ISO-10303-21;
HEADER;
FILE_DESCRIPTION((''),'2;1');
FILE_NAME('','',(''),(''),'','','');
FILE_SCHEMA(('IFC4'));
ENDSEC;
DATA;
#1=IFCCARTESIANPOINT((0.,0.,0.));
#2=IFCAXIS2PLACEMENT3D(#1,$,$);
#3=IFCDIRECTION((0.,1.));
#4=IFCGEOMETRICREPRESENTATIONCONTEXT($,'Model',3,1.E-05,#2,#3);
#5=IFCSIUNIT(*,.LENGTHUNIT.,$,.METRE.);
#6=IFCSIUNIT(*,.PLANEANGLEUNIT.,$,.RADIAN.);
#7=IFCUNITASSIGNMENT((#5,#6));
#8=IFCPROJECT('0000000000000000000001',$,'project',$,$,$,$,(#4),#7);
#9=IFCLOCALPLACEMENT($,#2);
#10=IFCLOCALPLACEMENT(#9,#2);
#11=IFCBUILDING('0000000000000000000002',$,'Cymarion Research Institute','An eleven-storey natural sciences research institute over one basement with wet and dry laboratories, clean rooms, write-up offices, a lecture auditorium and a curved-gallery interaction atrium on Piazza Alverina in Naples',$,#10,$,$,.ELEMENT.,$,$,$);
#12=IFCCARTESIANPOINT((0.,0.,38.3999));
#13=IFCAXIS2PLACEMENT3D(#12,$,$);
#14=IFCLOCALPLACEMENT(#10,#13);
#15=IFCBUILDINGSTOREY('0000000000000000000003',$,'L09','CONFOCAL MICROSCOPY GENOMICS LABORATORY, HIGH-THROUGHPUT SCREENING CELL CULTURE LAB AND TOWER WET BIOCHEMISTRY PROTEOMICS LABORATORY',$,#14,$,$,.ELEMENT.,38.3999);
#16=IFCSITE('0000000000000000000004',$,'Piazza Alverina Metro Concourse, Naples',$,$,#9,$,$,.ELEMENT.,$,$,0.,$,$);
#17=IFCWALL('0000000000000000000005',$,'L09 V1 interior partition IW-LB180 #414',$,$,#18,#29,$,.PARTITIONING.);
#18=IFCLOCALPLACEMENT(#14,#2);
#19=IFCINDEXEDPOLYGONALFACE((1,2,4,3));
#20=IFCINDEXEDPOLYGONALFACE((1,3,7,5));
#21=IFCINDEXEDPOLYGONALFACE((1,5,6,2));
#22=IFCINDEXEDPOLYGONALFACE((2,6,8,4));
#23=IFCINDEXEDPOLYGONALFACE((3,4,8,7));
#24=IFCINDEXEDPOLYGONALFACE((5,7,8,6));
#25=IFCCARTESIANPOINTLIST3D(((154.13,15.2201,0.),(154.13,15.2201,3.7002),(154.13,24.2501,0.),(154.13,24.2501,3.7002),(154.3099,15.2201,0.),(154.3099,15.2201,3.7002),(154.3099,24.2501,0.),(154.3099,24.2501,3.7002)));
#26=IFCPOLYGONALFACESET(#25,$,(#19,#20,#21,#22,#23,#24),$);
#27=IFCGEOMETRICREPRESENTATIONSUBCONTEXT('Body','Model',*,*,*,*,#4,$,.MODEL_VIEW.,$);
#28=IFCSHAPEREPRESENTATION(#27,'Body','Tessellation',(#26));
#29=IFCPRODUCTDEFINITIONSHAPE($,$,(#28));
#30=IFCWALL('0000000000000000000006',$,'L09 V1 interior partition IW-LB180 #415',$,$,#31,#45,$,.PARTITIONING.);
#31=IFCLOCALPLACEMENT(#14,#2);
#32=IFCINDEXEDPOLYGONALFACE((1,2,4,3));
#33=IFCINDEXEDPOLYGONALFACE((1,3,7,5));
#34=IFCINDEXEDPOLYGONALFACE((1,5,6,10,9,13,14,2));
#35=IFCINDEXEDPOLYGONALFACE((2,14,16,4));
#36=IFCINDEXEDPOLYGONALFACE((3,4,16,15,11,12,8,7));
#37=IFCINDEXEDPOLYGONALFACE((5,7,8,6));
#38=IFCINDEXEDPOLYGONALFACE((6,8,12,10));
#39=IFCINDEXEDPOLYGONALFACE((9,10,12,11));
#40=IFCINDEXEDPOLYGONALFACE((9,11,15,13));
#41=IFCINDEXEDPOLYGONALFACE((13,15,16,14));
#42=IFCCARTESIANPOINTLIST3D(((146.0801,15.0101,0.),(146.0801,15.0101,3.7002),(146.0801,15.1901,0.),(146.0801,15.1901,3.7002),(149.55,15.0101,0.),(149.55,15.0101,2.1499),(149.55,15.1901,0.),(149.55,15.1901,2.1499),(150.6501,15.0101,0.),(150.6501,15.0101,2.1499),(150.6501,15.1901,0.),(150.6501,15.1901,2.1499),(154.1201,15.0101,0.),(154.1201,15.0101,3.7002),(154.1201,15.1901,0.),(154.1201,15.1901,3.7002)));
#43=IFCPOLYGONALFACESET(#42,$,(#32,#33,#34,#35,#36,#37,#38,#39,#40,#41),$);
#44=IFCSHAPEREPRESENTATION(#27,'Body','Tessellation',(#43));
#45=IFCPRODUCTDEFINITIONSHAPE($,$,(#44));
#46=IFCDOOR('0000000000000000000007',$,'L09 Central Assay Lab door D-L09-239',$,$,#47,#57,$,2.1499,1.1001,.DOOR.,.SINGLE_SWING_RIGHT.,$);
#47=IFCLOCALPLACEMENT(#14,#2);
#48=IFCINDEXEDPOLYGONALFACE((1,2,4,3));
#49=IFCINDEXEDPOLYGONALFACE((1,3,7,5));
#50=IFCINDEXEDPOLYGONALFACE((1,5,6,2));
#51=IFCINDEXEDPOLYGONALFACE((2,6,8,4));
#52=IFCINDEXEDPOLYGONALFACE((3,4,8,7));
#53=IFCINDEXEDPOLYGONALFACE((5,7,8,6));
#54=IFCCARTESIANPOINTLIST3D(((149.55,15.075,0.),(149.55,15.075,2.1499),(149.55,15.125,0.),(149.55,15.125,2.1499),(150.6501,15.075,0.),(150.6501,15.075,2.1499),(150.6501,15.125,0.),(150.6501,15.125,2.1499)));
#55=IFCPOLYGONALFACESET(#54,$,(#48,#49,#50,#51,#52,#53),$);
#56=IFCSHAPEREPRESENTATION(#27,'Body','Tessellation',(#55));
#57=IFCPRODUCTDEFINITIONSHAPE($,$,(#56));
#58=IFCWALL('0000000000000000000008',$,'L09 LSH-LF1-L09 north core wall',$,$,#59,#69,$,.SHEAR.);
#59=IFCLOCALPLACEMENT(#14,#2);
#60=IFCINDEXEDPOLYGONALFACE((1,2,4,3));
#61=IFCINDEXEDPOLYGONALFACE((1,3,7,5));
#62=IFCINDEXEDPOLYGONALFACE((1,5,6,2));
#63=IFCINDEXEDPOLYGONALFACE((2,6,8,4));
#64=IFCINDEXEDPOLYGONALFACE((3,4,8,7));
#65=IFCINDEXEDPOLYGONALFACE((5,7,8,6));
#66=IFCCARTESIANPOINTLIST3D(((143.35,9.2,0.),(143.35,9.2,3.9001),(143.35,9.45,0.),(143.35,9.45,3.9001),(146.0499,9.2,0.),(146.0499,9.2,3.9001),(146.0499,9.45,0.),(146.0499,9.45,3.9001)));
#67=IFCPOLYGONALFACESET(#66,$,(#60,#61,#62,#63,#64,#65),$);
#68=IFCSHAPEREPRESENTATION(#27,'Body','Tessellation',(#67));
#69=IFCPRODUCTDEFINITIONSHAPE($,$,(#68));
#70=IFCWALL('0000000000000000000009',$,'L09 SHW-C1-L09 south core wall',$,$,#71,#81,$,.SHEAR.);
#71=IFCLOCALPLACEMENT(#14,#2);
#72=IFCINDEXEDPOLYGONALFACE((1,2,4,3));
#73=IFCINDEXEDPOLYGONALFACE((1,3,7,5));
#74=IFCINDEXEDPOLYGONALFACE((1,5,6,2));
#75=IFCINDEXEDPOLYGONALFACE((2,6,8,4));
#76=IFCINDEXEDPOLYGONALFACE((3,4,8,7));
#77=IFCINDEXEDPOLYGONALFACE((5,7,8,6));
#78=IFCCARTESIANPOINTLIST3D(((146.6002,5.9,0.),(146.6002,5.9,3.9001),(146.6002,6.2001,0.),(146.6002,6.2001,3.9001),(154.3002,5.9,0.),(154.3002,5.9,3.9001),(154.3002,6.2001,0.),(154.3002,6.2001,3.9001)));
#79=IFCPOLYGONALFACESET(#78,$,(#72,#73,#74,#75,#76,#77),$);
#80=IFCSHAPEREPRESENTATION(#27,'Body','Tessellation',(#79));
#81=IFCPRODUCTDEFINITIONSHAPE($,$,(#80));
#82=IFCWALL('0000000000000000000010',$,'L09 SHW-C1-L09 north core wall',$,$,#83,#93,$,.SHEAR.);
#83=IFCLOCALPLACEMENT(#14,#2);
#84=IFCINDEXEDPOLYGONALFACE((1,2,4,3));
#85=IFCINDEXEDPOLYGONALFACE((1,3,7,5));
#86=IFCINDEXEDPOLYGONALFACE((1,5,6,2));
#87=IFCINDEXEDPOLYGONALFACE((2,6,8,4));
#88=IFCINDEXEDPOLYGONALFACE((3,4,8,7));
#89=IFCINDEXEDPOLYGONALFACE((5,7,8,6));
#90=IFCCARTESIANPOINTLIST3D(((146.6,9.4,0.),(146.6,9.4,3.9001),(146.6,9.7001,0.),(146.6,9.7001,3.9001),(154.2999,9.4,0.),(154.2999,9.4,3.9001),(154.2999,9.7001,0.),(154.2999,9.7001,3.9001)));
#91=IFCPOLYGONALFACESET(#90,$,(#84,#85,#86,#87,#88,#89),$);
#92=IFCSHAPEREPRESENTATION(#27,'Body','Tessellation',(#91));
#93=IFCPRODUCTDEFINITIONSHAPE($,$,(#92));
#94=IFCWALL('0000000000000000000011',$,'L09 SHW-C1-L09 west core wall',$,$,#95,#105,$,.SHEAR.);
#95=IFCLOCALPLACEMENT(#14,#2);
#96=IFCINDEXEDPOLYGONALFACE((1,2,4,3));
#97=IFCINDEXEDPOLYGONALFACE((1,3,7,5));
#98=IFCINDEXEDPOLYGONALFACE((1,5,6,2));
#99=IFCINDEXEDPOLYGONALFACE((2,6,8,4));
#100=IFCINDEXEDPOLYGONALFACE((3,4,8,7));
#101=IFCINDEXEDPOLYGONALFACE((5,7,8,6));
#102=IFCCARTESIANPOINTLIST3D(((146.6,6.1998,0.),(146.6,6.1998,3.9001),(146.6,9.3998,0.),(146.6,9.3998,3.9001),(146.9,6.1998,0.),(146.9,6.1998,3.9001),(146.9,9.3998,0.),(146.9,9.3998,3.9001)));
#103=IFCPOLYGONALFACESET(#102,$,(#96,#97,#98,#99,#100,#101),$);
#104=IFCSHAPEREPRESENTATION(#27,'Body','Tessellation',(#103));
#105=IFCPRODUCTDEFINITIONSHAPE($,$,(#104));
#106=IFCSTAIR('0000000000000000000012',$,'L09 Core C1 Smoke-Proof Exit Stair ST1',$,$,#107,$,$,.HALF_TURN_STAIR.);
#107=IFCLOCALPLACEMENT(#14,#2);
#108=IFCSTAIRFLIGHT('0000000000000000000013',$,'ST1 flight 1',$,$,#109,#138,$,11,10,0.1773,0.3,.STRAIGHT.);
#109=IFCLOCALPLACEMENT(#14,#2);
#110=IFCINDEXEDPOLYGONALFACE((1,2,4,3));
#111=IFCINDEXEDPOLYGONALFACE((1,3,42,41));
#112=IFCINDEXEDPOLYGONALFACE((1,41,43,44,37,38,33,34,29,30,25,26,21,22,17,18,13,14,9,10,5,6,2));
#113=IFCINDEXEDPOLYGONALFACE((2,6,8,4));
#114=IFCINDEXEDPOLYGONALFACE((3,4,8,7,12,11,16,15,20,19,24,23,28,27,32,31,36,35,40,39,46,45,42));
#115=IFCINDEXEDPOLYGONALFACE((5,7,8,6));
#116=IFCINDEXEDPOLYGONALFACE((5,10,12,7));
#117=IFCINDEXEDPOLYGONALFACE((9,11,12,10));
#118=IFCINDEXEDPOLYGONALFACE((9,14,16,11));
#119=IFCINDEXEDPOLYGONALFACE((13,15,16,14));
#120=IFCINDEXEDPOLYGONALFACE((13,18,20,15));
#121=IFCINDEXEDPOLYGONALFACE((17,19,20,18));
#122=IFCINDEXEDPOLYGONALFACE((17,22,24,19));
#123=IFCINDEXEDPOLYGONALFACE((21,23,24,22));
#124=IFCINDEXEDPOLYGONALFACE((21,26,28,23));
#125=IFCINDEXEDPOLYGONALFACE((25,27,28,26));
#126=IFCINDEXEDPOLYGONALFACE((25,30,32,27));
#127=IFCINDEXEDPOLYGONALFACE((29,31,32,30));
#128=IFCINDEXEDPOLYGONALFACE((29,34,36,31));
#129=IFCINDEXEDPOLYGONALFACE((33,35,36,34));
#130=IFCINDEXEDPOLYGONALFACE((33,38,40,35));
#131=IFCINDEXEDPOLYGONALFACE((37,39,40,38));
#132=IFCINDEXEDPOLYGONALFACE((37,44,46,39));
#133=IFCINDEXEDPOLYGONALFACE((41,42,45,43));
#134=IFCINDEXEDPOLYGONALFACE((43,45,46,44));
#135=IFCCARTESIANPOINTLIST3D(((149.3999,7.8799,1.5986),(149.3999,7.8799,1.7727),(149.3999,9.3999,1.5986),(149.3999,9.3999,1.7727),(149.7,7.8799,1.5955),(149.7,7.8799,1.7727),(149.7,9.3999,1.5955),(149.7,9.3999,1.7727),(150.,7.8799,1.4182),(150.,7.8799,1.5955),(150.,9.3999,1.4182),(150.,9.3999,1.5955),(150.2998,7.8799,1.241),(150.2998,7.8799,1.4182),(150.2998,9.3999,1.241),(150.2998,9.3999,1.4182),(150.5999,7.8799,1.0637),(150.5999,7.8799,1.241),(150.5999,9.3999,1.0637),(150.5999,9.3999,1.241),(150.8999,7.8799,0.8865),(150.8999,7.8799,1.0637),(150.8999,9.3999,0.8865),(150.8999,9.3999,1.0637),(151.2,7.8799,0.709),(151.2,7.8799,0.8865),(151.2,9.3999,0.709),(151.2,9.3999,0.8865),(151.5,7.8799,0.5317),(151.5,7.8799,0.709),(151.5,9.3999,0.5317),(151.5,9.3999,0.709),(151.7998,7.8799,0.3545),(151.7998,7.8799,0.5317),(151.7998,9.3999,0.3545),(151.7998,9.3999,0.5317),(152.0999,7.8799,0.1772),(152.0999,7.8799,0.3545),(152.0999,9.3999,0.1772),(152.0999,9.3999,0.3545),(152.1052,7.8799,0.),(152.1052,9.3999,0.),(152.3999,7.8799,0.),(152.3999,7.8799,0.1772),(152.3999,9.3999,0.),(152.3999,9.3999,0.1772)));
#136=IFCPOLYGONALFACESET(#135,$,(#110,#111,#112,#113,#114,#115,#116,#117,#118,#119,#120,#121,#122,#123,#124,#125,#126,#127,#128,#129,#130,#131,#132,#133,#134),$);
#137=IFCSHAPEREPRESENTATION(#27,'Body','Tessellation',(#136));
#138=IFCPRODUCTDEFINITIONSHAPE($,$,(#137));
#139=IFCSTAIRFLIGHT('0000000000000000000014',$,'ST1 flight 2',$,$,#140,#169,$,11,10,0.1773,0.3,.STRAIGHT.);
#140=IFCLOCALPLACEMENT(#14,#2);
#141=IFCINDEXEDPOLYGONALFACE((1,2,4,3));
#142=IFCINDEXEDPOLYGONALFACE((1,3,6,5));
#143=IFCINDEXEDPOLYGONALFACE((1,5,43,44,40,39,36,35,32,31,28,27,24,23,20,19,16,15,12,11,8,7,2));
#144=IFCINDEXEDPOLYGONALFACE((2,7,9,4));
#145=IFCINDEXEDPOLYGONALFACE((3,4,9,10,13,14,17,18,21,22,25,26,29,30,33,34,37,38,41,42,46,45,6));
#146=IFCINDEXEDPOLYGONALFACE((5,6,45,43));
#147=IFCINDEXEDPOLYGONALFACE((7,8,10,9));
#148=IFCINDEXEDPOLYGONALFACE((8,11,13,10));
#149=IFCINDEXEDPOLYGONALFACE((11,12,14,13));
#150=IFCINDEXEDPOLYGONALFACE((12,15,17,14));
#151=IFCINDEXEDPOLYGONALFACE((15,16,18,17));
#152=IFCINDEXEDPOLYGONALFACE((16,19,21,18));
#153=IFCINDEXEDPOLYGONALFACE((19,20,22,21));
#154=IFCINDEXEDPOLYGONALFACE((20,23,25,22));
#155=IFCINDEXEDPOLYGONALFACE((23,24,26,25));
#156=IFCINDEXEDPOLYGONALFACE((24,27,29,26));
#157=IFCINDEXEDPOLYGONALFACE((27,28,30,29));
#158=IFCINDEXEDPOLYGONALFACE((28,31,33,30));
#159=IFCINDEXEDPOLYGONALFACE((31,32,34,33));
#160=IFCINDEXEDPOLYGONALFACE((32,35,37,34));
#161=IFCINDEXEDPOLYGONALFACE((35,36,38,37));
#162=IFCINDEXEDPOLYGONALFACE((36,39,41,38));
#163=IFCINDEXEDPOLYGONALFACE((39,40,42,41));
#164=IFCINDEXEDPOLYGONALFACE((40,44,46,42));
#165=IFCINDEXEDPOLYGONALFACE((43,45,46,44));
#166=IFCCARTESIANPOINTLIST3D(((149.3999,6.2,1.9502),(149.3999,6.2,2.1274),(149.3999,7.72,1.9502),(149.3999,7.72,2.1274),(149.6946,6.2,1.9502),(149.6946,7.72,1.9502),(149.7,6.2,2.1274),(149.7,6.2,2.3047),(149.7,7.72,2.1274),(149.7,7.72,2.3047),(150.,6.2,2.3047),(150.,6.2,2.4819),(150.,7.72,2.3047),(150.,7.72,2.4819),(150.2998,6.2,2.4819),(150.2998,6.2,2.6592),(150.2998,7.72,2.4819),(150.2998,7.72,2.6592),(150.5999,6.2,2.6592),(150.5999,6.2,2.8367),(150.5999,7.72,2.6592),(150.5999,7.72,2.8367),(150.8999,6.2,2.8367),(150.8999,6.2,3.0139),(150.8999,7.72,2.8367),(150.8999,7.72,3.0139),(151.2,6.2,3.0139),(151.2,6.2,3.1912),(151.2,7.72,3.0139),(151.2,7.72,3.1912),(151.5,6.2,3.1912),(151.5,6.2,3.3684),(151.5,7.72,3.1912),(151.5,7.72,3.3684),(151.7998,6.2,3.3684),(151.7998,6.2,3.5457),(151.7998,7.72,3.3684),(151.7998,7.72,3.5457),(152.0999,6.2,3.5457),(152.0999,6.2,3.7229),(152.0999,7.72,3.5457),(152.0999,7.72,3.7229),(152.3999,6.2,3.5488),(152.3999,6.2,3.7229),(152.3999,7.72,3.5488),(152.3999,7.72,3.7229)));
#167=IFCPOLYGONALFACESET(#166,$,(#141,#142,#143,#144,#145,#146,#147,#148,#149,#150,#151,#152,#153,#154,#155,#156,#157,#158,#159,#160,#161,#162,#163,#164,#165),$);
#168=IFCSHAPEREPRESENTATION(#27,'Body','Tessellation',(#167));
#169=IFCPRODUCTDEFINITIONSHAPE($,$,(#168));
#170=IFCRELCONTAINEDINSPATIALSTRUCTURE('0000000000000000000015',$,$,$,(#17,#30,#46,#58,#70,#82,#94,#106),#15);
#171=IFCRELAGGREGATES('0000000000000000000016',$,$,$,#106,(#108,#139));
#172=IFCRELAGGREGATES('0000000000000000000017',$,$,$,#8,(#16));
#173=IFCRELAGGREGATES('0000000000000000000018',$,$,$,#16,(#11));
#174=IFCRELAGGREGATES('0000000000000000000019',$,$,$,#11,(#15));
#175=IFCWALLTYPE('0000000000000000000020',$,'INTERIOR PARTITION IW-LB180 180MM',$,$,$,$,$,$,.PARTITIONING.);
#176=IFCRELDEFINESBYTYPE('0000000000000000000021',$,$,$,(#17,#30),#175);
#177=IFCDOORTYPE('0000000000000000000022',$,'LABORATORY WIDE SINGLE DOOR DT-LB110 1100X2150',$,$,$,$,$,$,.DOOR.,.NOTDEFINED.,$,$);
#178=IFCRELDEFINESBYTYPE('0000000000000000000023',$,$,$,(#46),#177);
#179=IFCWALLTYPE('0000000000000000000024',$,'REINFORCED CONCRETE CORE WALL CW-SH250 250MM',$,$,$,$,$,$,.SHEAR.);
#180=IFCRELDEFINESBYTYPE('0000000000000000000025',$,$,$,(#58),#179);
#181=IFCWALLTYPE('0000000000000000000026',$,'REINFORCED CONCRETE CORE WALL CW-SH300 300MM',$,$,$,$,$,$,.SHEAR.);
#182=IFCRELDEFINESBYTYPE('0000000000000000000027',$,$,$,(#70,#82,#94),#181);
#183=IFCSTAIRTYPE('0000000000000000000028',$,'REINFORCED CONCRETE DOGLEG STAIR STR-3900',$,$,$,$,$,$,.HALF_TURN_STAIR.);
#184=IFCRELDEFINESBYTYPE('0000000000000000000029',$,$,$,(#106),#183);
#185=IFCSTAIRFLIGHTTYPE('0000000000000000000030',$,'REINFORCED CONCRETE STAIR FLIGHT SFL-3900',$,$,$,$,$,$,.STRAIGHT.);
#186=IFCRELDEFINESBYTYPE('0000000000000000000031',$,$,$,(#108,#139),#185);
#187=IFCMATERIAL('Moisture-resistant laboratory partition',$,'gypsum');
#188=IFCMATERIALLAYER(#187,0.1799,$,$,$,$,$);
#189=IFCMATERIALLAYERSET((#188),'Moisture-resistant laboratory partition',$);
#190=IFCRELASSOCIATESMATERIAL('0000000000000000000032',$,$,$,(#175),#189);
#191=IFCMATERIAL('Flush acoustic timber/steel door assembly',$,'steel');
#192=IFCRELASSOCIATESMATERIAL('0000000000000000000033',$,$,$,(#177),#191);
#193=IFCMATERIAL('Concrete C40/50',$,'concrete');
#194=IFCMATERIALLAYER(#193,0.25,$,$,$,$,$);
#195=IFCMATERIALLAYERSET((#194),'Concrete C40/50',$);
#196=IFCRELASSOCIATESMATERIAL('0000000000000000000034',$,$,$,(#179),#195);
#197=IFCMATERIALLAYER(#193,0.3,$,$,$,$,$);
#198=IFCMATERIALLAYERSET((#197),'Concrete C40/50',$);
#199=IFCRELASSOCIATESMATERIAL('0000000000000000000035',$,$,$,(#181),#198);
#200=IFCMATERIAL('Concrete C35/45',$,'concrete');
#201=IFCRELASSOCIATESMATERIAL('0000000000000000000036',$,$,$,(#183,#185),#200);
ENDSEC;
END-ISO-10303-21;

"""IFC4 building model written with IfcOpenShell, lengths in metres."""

from ifc_helpers import new_model, si_unit, direction, frame, frame_2d, origin, place, context, subcontext, project, spatial, polyline, rectangle, outline, extrude, material, layer, layer_set, type_object, element, fill, aggregate, save


model = new_model("IFC4")

# Units and contexts
model_context = context("Model", 3, precision=1e-05, world=origin(), true_north=direction((0.0, 1.0)))
body_context = subcontext(model_context, "Body", "Model", "MODEL_VIEW")
ifc_project = project(units=[si_unit("LENGTHUNIT", "METRE"), si_unit("PLANEANGLEUNIT", "RADIAN")], contexts=[model_context])

# Site, building, storey
site_placement = place(None, origin())
site = spatial("IfcSite", under=ifc_project, at=site_placement, Name="Piazza Alverina Metro Concourse, Naples", CompositionType="ELEMENT", RefElevation=0.0)
building_placement = place(site_placement, origin())
building = spatial("IfcBuilding", under=site, at=building_placement, Name="Cymarion Research Institute", Description="An eleven-storey natural sciences research institute over one basement with wet and dry laboratories, clean rooms, write-up offices, a lecture auditorium and a curved-gallery interaction atrium on Piazza Alverina in Naples", CompositionType="ELEMENT")
storey_placement = place(building_placement, frame((0.0, 0.0, 38.3999)))
storey = spatial("IfcBuildingStorey", under=building, at=storey_placement, Name="L09", Description="CONFOCAL MICROSCOPY GENOMICS LABORATORY, HIGH-THROUGHPUT SCREENING CELL CULTURE LAB AND TOWER WET BIOCHEMISTRY PROTEOMICS LABORATORY", CompositionType="ELEMENT", Elevation=38.3999)

# Shared definitions
ifc_material_1 = material(Name="Concrete C40/50", Category="concrete")

# Wall
ifc_material_2 = material(Name="Moisture-resistant laboratory partition", Category="gypsum")
ifc_layer_1 = layer(ifc_material_2, 0.1799)
ifc_layer_set_1 = layer_set([ifc_layer_1], Name="Moisture-resistant laboratory partition")
wall_type_1 = type_object("IfcWallType", Name="INTERIOR PARTITION IW-LB180 180MM", PredefinedType="PARTITIONING", material=ifc_layer_set_1)
wall_1_placement = place(storey_placement, frame((154.22, 15.22, 0.0), z_axis=(0.0, 0.0, 1.0), x_axis=(0.0, 1.0, 0.0)))
element("IfcWall", 1, at=wall_1_placement, inside=storey, type_object=wall_type_1, Name="L09 V1 interior partition IW-LB180 #414", PredefinedType="PARTITIONING", context=body_context, shape_type="SweptSolid", body=[
    extrude(rectangle(XDim=9.03, YDim=0.1799, at=frame_2d((4.5151, 0.0))), origin(), (0.0, 0.0, 1.0), 3.7002),
])

# Wall, opening, door
wall_2_placement = place(storey_placement, frame((146.0801, 15.1001, 0.0), z_axis=(0.0, 0.0, 1.0), x_axis=(1.0, 0.0, 0.0)))
wall_2 = element("IfcWall", 2, at=wall_2_placement, inside=storey, type_object=wall_type_1, Name="L09 V1 interior partition IW-LB180 #415", PredefinedType="PARTITIONING", context=body_context, shape_type="SweptSolid", body=[
    extrude(rectangle(XDim=8.04, YDim=0.1799, at=frame_2d((4.02, 0.0))), origin(), (0.0, 0.0, 1.0), 3.7002),
])
opening_1_placement = place(wall_2_placement, frame((3.47, 0.0, 0.0)))
opening_1 = element("IfcOpeningElement", 3, at=opening_1_placement, cuts=wall_2, PredefinedType="OPENING", context=body_context, shape_type="SweptSolid", body=[
    extrude(rectangle(XDim=1.1001, YDim=2.1499, at=frame_2d((0.55, 1.075))), frame((0.0, 0.0999, 0.0), z_axis=(0.0, -1.0, 0.0), x_axis=(1.0, 0.0, 0.0)), (0.0, 0.0, 1.0), 0.2),
])
ifc_material_3 = material(Name="Flush acoustic timber/steel door assembly", Category="steel")
door_type_1 = type_object("IfcDoorType", Name="LABORATORY WIDE SINGLE DOOR DT-LB110 1100X2150", OperationType="NOTDEFINED", PredefinedType="DOOR", material=ifc_material_3)
door_1_placement = place(opening_1_placement, origin())
door_1 = element("IfcDoor", 4, at=door_1_placement, inside=storey, type_object=door_type_1, Name="L09 Central Assay Lab door D-L09-239", OperationType="SINGLE_SWING_RIGHT", OverallHeight=2.1499, OverallWidth=1.1001, PredefinedType="DOOR", context=body_context, shape_type="SweptSolid", body=[
    extrude(rectangle(XDim=1.1001, YDim=2.1499, at=frame_2d((0.55, 1.075))), frame((0.0, 0.0249, 0.0), z_axis=(0.0, -1.0, 0.0), x_axis=(1.0, 0.0, 0.0)), (0.0, 0.0, 1.0), 0.05),
])
fill(opening_1, door_1)

# Walls
ifc_layer_2 = layer(ifc_material_1, 0.25)
ifc_layer_set_2 = layer_set([ifc_layer_2], Name="Concrete C40/50")
wall_type_2 = type_object("IfcWallType", Name="REINFORCED CONCRETE CORE WALL CW-SH250 250MM", PredefinedType="SHEAR", material=ifc_layer_set_2)
wall_3_placement = place(storey_placement, frame((146.05, 9.325, 0.0), z_axis=(0.0, 0.0, 1.0), x_axis=(-1.0, 0.0, 0.0)))
element("IfcWall", 5, at=wall_3_placement, inside=storey, type_object=wall_type_2, Name="L09 LSH-LF1-L09 north core wall", PredefinedType="SHEAR", context=body_context, shape_type="SweptSolid", body=[
    extrude(rectangle(XDim=2.7, YDim=0.25, at=frame_2d((1.3501, 0.0))), origin(), (0.0, 0.0, 1.0), 3.9001),
])
ifc_layer_3 = layer(ifc_material_1, 0.3)
ifc_layer_set_3 = layer_set([ifc_layer_3], Name="Concrete C40/50")
wall_type_3 = type_object("IfcWallType", Name="REINFORCED CONCRETE CORE WALL CW-SH300 300MM", PredefinedType="SHEAR", material=ifc_layer_set_3)
for number, where, z_axis, x_axis, name in (
    (6, (146.6001, 6.05, 0.0), (0.0, 0.0, 1.0), (1.0, 0.0, 0.0), "L09 SHW-C1-L09 south core wall"),
    (7, (154.3, 9.55, 0.0), (0.0, 0.0, 1.0), (-1.0, 0.0, 0.0), "L09 SHW-C1-L09 north core wall"),
):
    element("IfcWall", number, at=place(storey_placement, frame(where, z_axis=z_axis, x_axis=x_axis)), inside=storey, type_object=wall_type_3, Name=name, PredefinedType="SHEAR", context=body_context, shape_type="SweptSolid", body=[
        extrude(rectangle(XDim=7.7, YDim=0.3, at=frame_2d((3.8501, 0.0))), origin(), (0.0, 0.0, 1.0), 3.9001),
    ])
wall_4_placement = place(storey_placement, frame((146.75, 9.3999, 0.0), z_axis=(0.0, 0.0, 1.0), x_axis=(0.0, -1.0, 0.0)))
element("IfcWall", 8, at=wall_4_placement, inside=storey, type_object=wall_type_3, Name="L09 SHW-C1-L09 west core wall", PredefinedType="SHEAR", context=body_context, shape_type="SweptSolid", body=[
    extrude(rectangle(XDim=3.2, YDim=0.3, at=frame_2d((1.6001, 0.0))), origin(), (0.0, 0.0, 1.0), 3.9001),
])

# Stair, stair flights
ifc_material_4 = material(Name="Concrete C35/45", Category="concrete")
stair_type = type_object("IfcStairType", Name="REINFORCED CONCRETE DOGLEG STAIR STR-3900", PredefinedType="HALF_TURN_STAIR", material=ifc_material_4)
stair_placement = place(storey_placement, origin())
stair = element("IfcStair", 9, at=stair_placement, inside=storey, type_object=stair_type, Name="L09 Core C1 Smoke-Proof Exit Stair ST1", PredefinedType="HALF_TURN_STAIR")
stair_flight_type = type_object("IfcStairFlightType", Name="REINFORCED CONCRETE STAIR FLIGHT SFL-3900", PredefinedType="STRAIGHT", material=ifc_material_4)
stair_flight_1_placement = place(storey_placement, frame((152.3999, 8.6399, 0.0), z_axis=(0.0, 0.0, 1.0), x_axis=(-1.0, 0.0, 0.0)))
stair_flight_1 = element("IfcStairFlight", 10, at=stair_flight_1_placement, type_object=stair_flight_type, Name="ST1 flight 1", NumberOfRisers=11, NumberOfTreads=10, PredefinedType="STRAIGHT", RiserHeight=0.1773, TreadLength=0.3, context=body_context, shape_type="SweptSolid", body=[
    extrude(outline(polyline([(0.0, 0.0), (0.0, 0.1772), (0.3, 0.1772), (0.3, 0.3545), (0.6001, 0.3545), (0.6001, 0.5317), (0.8999, 0.5317), (0.8999, 0.709), (1.2, 0.709), (1.2, 0.8865), (1.5, 0.8865), (1.5, 1.0637), (1.8, 1.0637), (1.8, 1.241), (2.1001, 1.241), (2.1001, 1.4182), (2.3999, 1.4182), (2.3999, 1.5955), (2.7, 1.5955), (2.7, 1.7727), (3.0, 1.7727), (3.0, 1.95), (3.0, 1.5986), (0.2947, 0.0), (0.0, 0.0)])), frame((0.0, 0.76, 0.0), z_axis=(0.0, -1.0, 0.0), x_axis=(1.0, 0.0, 0.0)), (0.0, 0.0, 1.0), 1.52),
])
stair_flight_2_placement = place(storey_placement, frame((149.3999, 6.96, 1.9502), z_axis=(0.0, 0.0, 1.0), x_axis=(1.0, 0.0, 0.0)))
stair_flight_2 = element("IfcStairFlight", 11, at=stair_flight_2_placement, type_object=stair_flight_type, Name="ST1 flight 2", NumberOfRisers=11, NumberOfTreads=10, PredefinedType="STRAIGHT", RiserHeight=0.1773, TreadLength=0.3, context=body_context, shape_type="SweptSolid", body=[
    extrude(outline(polyline([(0.0, 0.0), (0.0, 0.1772), (0.3, 0.1772), (0.3, 0.3545), (0.6001, 0.3545), (0.6001, 0.5317), (0.8999, 0.5317), (0.8999, 0.709), (1.2, 0.709), (1.2, 0.8865), (1.5, 0.8865), (1.5, 1.0637), (1.8, 1.0637), (1.8, 1.241), (2.1001, 1.241), (2.1001, 1.4182), (2.3999, 1.4182), (2.3999, 1.5955), (2.7, 1.5955), (2.7, 1.7727), (3.0, 1.7727), (3.0, 1.95), (3.0, 1.5986), (0.2947, 0.0), (0.0, 0.0)])), frame((0.0, 0.76, 0.0), z_axis=(0.0, -1.0, 0.0), x_axis=(1.0, 0.0, 0.0)), (0.0, 0.0, 1.0), 1.52),
])
aggregate(stair, [stair_flight_1, stair_flight_2])

save(model, "model.ifc")
